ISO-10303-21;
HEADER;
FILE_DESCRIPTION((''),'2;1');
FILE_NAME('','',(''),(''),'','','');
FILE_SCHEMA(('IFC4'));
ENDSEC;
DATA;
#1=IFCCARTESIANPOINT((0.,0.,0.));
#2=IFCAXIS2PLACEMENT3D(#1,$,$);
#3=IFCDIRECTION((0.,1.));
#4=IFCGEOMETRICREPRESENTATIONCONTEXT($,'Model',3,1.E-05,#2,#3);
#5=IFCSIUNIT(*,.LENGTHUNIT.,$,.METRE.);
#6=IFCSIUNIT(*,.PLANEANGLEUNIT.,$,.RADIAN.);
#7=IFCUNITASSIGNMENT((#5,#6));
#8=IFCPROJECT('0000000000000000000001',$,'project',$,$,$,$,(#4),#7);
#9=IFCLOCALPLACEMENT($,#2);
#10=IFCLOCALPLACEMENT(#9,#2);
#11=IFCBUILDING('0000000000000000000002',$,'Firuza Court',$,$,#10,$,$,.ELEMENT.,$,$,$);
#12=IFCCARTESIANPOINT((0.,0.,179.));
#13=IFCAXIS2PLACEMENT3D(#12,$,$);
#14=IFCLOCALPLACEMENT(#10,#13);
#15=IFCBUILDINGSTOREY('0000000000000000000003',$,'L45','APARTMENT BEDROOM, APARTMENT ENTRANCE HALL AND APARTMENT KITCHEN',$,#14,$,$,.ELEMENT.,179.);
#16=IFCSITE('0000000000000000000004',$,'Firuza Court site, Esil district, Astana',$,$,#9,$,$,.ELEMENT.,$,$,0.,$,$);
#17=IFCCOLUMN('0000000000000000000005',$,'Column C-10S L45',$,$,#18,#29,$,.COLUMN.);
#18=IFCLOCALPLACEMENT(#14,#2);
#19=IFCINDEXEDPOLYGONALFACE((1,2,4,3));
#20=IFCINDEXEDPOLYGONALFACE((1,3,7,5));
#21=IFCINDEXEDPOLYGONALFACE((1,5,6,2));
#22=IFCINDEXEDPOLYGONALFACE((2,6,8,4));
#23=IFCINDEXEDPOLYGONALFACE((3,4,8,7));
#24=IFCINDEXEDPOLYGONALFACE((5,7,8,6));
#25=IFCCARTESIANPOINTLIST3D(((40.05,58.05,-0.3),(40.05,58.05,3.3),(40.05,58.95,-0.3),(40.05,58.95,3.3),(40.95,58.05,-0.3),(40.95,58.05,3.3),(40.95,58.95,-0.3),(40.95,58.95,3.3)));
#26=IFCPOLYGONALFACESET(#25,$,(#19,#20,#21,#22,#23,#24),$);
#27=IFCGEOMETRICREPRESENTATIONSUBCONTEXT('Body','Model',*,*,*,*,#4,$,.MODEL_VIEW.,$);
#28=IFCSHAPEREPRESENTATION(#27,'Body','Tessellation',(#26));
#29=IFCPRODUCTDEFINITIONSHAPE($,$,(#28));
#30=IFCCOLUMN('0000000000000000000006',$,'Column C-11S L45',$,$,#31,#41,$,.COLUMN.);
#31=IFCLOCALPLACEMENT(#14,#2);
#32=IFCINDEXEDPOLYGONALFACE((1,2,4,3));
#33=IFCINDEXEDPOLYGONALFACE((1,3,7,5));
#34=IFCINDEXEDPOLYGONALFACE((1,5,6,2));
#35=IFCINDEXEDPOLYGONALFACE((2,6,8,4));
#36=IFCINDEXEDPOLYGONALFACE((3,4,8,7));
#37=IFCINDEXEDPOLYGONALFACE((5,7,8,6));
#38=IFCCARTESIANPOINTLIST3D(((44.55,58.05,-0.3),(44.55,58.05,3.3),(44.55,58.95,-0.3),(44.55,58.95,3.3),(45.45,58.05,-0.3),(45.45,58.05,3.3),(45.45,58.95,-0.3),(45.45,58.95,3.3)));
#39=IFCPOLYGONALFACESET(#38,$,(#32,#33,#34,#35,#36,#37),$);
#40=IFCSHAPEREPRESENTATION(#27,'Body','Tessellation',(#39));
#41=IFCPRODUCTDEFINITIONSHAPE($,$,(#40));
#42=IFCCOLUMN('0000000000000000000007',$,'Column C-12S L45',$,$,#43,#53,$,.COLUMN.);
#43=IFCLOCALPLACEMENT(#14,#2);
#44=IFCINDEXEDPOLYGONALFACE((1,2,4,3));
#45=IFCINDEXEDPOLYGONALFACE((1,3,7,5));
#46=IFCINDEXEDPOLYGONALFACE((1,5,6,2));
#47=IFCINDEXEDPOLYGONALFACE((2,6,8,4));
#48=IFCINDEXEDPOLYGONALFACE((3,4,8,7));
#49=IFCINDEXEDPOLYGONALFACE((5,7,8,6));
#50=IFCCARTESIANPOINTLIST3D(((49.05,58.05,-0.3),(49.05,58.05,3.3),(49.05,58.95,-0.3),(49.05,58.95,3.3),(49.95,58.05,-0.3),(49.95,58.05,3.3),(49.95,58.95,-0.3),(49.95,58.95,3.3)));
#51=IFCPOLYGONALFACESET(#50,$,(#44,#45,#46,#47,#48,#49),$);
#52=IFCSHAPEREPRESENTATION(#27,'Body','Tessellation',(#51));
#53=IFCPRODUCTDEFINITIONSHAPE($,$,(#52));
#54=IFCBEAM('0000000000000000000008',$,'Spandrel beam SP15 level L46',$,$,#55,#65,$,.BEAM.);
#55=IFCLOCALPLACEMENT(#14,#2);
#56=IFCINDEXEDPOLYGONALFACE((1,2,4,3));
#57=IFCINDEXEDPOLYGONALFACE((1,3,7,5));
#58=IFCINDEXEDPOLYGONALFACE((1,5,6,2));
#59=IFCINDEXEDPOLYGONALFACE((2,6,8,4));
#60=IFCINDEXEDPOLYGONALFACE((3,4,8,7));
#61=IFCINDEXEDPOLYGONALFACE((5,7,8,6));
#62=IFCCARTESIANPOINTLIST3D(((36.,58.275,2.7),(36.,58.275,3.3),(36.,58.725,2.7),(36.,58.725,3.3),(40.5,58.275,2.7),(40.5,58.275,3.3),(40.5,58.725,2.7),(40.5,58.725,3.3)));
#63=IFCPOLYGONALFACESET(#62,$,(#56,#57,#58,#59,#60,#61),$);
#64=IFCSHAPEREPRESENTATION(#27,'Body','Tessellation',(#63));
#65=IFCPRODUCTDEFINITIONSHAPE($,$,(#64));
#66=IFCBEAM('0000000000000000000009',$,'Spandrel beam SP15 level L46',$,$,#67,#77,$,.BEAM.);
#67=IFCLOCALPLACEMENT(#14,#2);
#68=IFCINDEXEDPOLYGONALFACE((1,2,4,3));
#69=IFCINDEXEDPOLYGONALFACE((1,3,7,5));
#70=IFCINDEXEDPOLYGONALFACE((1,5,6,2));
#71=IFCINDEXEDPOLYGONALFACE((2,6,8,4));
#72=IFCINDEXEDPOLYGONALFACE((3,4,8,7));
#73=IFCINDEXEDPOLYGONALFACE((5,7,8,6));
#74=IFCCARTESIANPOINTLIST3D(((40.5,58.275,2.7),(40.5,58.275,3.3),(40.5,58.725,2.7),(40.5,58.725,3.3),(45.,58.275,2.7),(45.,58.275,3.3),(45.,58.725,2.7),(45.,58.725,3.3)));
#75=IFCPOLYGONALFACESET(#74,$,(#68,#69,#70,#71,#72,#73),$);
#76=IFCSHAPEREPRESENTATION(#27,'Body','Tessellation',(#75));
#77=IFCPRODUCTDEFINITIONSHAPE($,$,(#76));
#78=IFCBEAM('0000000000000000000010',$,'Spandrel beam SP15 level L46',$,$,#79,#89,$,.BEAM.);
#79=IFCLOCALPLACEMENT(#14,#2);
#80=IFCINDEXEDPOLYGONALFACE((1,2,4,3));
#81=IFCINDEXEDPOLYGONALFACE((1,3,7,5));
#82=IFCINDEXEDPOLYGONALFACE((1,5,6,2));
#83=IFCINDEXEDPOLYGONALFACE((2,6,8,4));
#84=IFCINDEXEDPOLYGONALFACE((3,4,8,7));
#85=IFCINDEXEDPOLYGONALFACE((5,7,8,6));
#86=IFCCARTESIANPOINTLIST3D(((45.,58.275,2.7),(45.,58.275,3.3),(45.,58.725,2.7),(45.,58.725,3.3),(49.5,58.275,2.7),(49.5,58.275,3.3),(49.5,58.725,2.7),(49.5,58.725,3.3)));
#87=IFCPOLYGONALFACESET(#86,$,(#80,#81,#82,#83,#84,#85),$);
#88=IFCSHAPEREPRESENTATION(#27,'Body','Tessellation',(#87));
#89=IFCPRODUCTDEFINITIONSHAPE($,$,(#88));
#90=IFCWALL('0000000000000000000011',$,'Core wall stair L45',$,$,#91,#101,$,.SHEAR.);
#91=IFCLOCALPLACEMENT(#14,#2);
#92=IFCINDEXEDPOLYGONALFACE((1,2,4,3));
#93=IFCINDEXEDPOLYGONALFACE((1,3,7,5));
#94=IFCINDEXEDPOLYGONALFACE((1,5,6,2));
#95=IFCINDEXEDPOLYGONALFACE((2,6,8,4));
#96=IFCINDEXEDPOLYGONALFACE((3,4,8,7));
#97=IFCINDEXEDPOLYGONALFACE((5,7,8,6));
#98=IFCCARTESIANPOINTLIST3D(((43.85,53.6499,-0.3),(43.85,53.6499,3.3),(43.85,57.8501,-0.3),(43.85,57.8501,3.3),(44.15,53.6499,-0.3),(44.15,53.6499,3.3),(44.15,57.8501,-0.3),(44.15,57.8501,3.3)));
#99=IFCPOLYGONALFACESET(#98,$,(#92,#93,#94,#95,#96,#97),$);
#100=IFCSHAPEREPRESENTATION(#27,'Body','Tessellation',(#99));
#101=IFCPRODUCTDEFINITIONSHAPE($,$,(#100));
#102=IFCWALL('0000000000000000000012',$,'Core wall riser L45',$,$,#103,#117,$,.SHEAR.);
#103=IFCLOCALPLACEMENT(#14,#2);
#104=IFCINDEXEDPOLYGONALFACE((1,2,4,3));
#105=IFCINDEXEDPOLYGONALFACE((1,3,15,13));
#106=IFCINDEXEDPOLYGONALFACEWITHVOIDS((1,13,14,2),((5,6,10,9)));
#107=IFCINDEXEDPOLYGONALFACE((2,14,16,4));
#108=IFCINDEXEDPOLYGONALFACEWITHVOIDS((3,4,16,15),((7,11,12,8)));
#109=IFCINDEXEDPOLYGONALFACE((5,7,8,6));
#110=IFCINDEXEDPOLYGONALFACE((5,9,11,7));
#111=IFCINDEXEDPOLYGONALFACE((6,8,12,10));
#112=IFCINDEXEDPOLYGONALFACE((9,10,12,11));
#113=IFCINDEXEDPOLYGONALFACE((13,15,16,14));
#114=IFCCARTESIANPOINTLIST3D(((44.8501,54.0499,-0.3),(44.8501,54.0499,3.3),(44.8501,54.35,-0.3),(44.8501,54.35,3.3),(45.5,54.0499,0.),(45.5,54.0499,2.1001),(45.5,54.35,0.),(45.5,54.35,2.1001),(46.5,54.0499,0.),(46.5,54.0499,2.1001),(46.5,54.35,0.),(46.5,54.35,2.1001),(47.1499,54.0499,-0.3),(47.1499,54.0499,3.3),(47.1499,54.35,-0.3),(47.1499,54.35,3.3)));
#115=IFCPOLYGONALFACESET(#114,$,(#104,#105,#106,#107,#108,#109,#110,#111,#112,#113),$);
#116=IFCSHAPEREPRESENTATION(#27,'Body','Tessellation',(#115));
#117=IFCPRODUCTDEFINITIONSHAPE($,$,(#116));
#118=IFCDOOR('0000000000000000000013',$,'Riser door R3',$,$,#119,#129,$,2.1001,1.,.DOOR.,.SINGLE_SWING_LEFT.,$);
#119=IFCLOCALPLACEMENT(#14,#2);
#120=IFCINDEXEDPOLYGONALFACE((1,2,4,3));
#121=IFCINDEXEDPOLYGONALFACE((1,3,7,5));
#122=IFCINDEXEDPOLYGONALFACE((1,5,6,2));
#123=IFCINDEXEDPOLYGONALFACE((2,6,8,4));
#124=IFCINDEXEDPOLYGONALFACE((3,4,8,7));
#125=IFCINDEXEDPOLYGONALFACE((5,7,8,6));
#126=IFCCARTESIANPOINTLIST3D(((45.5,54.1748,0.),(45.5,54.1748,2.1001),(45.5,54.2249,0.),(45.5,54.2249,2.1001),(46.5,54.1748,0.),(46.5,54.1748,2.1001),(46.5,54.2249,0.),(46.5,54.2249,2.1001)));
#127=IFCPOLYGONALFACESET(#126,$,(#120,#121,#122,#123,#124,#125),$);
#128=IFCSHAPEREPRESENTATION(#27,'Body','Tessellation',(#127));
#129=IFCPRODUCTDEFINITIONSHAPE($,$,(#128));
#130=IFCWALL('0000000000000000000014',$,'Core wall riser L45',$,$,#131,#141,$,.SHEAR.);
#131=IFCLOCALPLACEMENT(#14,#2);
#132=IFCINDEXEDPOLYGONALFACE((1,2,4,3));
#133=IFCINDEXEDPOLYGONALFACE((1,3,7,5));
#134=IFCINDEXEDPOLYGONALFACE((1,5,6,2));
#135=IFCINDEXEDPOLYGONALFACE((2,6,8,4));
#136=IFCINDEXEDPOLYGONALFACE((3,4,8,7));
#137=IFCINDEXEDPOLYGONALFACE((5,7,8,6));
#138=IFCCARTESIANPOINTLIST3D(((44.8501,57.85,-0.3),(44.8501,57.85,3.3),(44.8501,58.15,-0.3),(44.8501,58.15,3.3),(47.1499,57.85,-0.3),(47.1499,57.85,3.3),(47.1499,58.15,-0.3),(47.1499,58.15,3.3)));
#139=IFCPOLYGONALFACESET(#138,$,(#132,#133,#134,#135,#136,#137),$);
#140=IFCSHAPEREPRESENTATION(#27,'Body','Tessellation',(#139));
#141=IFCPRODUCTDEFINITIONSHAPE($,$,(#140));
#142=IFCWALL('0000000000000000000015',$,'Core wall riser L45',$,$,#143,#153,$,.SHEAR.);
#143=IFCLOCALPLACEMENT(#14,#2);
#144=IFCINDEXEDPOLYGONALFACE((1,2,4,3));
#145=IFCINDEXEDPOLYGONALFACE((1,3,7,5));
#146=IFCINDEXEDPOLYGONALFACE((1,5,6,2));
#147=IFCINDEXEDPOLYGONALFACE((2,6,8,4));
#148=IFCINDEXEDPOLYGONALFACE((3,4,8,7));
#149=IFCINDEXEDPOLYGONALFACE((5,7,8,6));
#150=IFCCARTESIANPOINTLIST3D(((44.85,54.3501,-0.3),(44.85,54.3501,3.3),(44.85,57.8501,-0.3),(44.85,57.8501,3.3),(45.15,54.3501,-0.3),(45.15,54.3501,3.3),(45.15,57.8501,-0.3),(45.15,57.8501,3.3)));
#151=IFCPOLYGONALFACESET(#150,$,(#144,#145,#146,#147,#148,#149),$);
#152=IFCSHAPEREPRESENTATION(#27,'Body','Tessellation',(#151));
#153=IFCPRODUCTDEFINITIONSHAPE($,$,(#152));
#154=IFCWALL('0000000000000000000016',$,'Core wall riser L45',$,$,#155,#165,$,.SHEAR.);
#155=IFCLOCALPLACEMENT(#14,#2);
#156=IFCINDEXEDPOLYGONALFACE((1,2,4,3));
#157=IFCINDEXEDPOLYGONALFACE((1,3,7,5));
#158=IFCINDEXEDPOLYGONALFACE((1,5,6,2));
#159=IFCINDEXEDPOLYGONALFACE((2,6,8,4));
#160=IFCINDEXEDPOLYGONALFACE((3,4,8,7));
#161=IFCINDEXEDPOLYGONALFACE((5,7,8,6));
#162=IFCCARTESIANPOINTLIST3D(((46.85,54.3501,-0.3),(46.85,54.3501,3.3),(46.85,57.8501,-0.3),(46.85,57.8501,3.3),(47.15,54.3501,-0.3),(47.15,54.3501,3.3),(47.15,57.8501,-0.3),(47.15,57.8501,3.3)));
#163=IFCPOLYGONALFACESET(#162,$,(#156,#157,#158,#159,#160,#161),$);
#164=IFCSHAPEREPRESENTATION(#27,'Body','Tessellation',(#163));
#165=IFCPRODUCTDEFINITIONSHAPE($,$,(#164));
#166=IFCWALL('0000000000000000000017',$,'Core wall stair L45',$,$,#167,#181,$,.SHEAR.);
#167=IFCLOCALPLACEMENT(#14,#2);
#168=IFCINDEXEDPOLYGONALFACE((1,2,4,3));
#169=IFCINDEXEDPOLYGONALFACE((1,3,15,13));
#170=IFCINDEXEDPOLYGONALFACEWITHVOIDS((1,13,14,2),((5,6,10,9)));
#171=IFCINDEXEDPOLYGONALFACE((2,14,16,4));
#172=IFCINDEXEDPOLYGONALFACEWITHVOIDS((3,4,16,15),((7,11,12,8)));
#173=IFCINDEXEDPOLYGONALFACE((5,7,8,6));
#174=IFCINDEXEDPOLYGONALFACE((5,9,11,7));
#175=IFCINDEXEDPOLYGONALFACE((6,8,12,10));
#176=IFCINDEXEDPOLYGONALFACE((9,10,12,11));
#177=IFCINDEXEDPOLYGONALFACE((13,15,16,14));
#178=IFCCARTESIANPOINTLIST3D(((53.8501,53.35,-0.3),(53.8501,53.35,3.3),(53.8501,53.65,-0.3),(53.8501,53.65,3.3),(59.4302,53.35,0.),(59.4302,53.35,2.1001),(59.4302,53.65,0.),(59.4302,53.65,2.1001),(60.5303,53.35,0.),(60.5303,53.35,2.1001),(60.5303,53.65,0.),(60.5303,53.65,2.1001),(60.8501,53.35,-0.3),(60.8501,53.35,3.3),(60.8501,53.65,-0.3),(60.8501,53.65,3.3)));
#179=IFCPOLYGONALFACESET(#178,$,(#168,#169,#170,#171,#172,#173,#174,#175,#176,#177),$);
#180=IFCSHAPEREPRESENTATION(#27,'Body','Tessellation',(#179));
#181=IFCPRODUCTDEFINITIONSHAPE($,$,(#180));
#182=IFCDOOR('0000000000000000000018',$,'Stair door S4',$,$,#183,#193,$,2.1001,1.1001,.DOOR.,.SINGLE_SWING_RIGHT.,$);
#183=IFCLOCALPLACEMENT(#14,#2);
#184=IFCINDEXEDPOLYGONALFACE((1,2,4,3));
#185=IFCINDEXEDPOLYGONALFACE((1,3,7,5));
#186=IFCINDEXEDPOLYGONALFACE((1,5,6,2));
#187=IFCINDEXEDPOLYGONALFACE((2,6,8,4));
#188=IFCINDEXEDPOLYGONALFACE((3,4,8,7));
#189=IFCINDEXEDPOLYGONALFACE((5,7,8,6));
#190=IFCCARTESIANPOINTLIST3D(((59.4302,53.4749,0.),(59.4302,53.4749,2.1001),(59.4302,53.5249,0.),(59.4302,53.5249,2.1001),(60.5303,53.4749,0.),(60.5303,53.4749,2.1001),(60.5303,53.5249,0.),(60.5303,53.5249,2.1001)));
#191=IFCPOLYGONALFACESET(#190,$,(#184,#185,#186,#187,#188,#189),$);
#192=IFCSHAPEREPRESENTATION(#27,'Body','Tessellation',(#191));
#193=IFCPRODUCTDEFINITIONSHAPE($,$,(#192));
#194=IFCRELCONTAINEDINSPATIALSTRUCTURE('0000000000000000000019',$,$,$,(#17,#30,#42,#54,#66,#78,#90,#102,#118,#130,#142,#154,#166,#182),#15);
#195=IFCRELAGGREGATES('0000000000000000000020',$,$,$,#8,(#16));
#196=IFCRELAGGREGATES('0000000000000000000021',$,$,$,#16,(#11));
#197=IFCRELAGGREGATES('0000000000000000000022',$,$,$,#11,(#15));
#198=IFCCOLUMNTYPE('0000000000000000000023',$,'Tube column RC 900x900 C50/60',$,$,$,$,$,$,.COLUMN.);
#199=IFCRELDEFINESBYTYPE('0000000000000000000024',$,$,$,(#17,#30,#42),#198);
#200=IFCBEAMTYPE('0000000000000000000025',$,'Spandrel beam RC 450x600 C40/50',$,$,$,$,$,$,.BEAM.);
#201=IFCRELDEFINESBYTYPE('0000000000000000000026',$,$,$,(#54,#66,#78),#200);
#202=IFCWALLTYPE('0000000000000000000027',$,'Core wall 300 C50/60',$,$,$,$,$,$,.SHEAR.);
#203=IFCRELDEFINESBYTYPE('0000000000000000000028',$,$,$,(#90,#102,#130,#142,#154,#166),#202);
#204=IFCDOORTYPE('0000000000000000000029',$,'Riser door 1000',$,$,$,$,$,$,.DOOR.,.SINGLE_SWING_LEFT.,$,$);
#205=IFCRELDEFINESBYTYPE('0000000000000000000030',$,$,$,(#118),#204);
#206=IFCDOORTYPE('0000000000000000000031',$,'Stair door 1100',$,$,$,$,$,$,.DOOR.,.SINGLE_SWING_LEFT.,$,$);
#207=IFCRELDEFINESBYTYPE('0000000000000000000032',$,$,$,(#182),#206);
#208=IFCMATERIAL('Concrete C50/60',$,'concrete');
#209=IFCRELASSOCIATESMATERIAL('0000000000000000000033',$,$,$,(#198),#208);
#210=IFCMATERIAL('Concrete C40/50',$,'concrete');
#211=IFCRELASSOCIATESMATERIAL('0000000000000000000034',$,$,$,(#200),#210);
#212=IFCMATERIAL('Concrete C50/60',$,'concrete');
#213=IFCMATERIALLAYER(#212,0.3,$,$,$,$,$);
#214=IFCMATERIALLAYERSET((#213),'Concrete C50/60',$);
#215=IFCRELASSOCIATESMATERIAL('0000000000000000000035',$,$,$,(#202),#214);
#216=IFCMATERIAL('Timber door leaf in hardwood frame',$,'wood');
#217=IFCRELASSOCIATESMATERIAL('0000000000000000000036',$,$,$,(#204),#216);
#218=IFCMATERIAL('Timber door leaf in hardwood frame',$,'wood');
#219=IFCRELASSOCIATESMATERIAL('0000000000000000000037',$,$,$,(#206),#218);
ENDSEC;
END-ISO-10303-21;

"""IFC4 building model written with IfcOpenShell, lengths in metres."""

from ifc_helpers import new_model, si_unit, direction, frame, frame_2d, origin, origin_2d, place, context, subcontext, project, spatial, rectangle, extrude, material, layer, layer_set, material_profile, profile_set, type_object, element, fill, save


model = new_model("IFC4")

# Units and contexts
model_context = context("Model", 3, precision=1e-05, world=origin(), true_north=direction((0.0, 1.0)))
body_context = subcontext(model_context, "Body", "Model", "MODEL_VIEW")
ifc_project = project(units=[si_unit("LENGTHUNIT", "METRE"), si_unit("PLANEANGLEUNIT", "RADIAN")], contexts=[model_context])

# Site, building, storey
site_placement = place(None, origin())
site = spatial("IfcSite", under=ifc_project, at=site_placement, Name="Firuza Court site, Esil district, Astana", CompositionType="ELEMENT", RefElevation=0.0)
building_placement = place(site_placement, origin())
building = spatial("IfcBuilding", under=site, at=building_placement, Name="Firuza Court", CompositionType="ELEMENT")
storey_placement = place(building_placement, frame((0.0, 0.0, 179.0)))
storey = spatial("IfcBuildingStorey", under=building, at=storey_placement, Name="L45", Description="APARTMENT BEDROOM, APARTMENT ENTRANCE HALL AND APARTMENT KITCHEN", CompositionType="ELEMENT", Elevation=179.0)

# Columns
ifc_material_1 = material(Name="Concrete C50/60", Category="concrete")
ifc_material_profile_1 = material_profile(ifc_material_1, rectangle(XDim=0.8999, YDim=0.8999, at=origin_2d()), Name="RC 900x900")
ifc_profile_set_1 = profile_set([ifc_material_profile_1], Name="Concrete C50/60")
column_type = type_object("IfcColumnType", Name="Tube column RC 900x900 C50/60", PredefinedType="COLUMN", material=ifc_profile_set_1)
for number, where, z_axis, x_axis, name in (
    (1, (40.5, 58.5, -0.3), (0.0, 0.0, 1.0), (1.0, 0.0, 0.0), "Column C-10S L45"),
    (2, (45.0, 58.5, -0.3), (0.0, 0.0, 1.0), (1.0, 0.0, 0.0), "Column C-11S L45"),
    (3, (49.5, 58.5, -0.3), (0.0, 0.0, 1.0), (1.0, 0.0, 0.0), "Column C-12S L45"),
):
    element("IfcColumn", number, at=place(storey_placement, frame(where, z_axis=z_axis, x_axis=x_axis)), inside=storey, type_object=column_type, Name=name, PredefinedType="COLUMN", context=body_context, shape_type="SweptSolid", body=[
        extrude(rectangle(XDim=0.8999, YDim=0.8999, at=origin_2d()), origin(), (0.0, 0.0, 1.0), 3.6001),
    ])

# Beams
ifc_material_2 = material(Name="Concrete C40/50", Category="concrete")
ifc_material_profile_2 = material_profile(ifc_material_2, rectangle(XDim=0.45, YDim=0.6001, at=origin_2d()), Name="RC 450x600")
ifc_profile_set_2 = profile_set([ifc_material_profile_2], Name="Concrete C40/50")
beam_type = type_object("IfcBeamType", Name="Spandrel beam RC 450x600 C40/50", PredefinedType="BEAM", material=ifc_profile_set_2)
for number, where, z_axis, x_axis, name in (
    (4, (40.5, 58.5, 3.0), (-1.0, 0.0, 0.0), (0.0, -1.0, 0.0), "Spandrel beam SP15 level L46"),
    (5, (45.0, 58.5, 3.0), (-1.0, 0.0, 0.0), (0.0, -1.0, 0.0), "Spandrel beam SP15 level L46"),
    (6, (49.5, 58.5, 3.0), (-1.0, 0.0, 0.0), (0.0, -1.0, 0.0), "Spandrel beam SP15 level L46"),
):
    element("IfcBeam", number, at=place(storey_placement, frame(where, z_axis=z_axis, x_axis=x_axis)), inside=storey, type_object=beam_type, Name=name, PredefinedType="BEAM", context=body_context, shape_type="SweptSolid", body=[
        extrude(rectangle(XDim=0.45, YDim=0.6001, at=origin_2d()), origin(), (0.0, 0.0, 1.0), 4.5),
    ])

# Wall
ifc_material_3 = material(Name="Concrete C50/60", Category="concrete")
ifc_layer_1 = layer(ifc_material_3, 0.3)
ifc_layer_set_1 = layer_set([ifc_layer_1], Name="Concrete C50/60")
wall_type_1 = type_object("IfcWallType", Name="Core wall 300 C50/60", PredefinedType="SHEAR", material=ifc_layer_set_1)
wall_1_placement = place(storey_placement, frame((44.0, 53.6499, -0.3), z_axis=(0.0, 0.0, 1.0), x_axis=(0.0, 1.0, 0.0)))
element("IfcWall", 7, at=wall_1_placement, inside=storey, type_object=wall_type_1, Name="Core wall stair L45", PredefinedType="SHEAR", context=body_context, shape_type="SweptSolid", body=[
    extrude(rectangle(XDim=4.2002, YDim=0.3, at=frame_2d((2.1001, 0.0))), origin(), (0.0, 0.0, 1.0), 3.6001),
])

# Wall, opening, door
wall_2_placement = place(storey_placement, frame((44.8501, 54.2, -0.3), z_axis=(0.0, 0.0, 1.0), x_axis=(1.0, 0.0, 0.0)))
wall_2 = element("IfcWall", 8, at=wall_2_placement, inside=storey, type_object=wall_type_1, Name="Core wall riser L45", PredefinedType="SHEAR", context=body_context, shape_type="SweptSolid", body=[
    extrude(rectangle(XDim=2.2998, YDim=0.3, at=frame_2d((1.1499, 0.0))), origin(), (0.0, 0.0, 1.0), 3.6001),
])
opening_1_placement = place(wall_2_placement, frame((0.6499, 0.0, 0.3)))
opening_1 = element("IfcOpeningElement", 9, at=opening_1_placement, cuts=wall_2, PredefinedType="OPENING", context=body_context, shape_type="SweptSolid", body=[
    extrude(rectangle(XDim=1.0, YDim=2.1001, at=frame_2d((0.5, 1.05))), frame((0.0, 0.1621, 0.0), z_axis=(0.0, -1.0, 0.0), x_axis=(1.0, 0.0, 0.0)), (0.0, 0.0, 1.0), 0.324),
])
ifc_material_4 = material(Name="Timber door leaf in hardwood frame", Category="wood")
door_type_1 = type_object("IfcDoorType", Name="Riser door 1000", OperationType="SINGLE_SWING_LEFT", PredefinedType="DOOR", material=ifc_material_4)
door_1_placement = place(opening_1_placement, origin())
door_1 = element("IfcDoor", 10, at=door_1_placement, inside=storey, type_object=door_type_1, Name="Riser door R3", OperationType="SINGLE_SWING_LEFT", OverallHeight=2.1001, OverallWidth=1.0, PredefinedType="DOOR", context=body_context, shape_type="SweptSolid", body=[
    extrude(rectangle(XDim=1.0, YDim=2.1001, at=frame_2d((0.5, 1.05))), frame((0.0, 0.0249, 0.0), z_axis=(0.0, -1.0, 0.0), x_axis=(1.0, 0.0, 0.0)), (0.0, 0.0, 1.0), 0.05),
])
fill(opening_1, door_1)

# Walls
wall_3_placement = place(storey_placement, frame((44.8501, 58.0, -0.3), z_axis=(0.0, 0.0, 1.0), x_axis=(1.0, 0.0, 0.0)))
element("IfcWall", 11, at=wall_3_placement, inside=storey, type_object=wall_type_1, Name="Core wall riser L45", PredefinedType="SHEAR", context=body_context, shape_type="SweptSolid", body=[
    extrude(rectangle(XDim=2.2998, YDim=0.3, at=frame_2d((1.1499, 0.0))), origin(), (0.0, 0.0, 1.0), 3.6001),
])
for number, where, z_axis, x_axis, name in (
    (12, (45.0, 54.3501, -0.3), (0.0, 0.0, 1.0), (0.0, 1.0, 0.0), "Core wall riser L45"),
    (13, (47.0, 54.3501, -0.3), (0.0, 0.0, 1.0), (0.0, 1.0, 0.0), "Core wall riser L45"),
):
    element("IfcWall", number, at=place(storey_placement, frame(where, z_axis=z_axis, x_axis=x_axis)), inside=storey, type_object=wall_type_1, Name=name, PredefinedType="SHEAR", context=body_context, shape_type="SweptSolid", body=[
        extrude(rectangle(XDim=3.5, YDim=0.3, at=frame_2d((1.75, 0.0))), origin(), (0.0, 0.0, 1.0), 3.6001),
    ])

# Wall, opening, door
wall_4_placement = place(storey_placement, frame((53.8501, 53.5, -0.3), z_axis=(0.0, 0.0, 1.0), x_axis=(1.0, 0.0, 0.0)))
wall_4 = element("IfcWall", 14, at=wall_4_placement, inside=storey, type_object=wall_type_1, Name="Core wall stair L45", PredefinedType="SHEAR", context=body_context, shape_type="SweptSolid", body=[
    extrude(rectangle(XDim=7.0, YDim=0.3, at=frame_2d((3.5, 0.0))), origin(), (0.0, 0.0, 1.0), 3.6001),
])
opening_2_placement = place(wall_4_placement, frame((5.5801, 0.0, 0.3)))
opening_2 = element("IfcOpeningElement", 15, at=opening_2_placement, cuts=wall_4, PredefinedType="OPENING", context=body_context, shape_type="SweptSolid", body=[
    extrude(rectangle(XDim=1.1001, YDim=2.1001, at=frame_2d((0.55, 1.05))), frame((0.0, 0.1621, 0.0), z_axis=(0.0, -1.0, 0.0), x_axis=(1.0, 0.0, 0.0)), (0.0, 0.0, 1.0), 0.324),
])
ifc_material_5 = material(Name="Timber door leaf in hardwood frame", Category="wood")
door_type_2 = type_object("IfcDoorType", Name="Stair door 1100", OperationType="SINGLE_SWING_LEFT", PredefinedType="DOOR", material=ifc_material_5)
door_2_placement = place(opening_2_placement, origin())
door_2 = element("IfcDoor", 16, at=door_2_placement, inside=storey, type_object=door_type_2, Name="Stair door S4", OperationType="SINGLE_SWING_RIGHT", OverallHeight=2.1001, OverallWidth=1.1001, PredefinedType="DOOR", context=body_context, shape_type="SweptSolid", body=[
    extrude(rectangle(XDim=1.1001, YDim=2.1001, at=frame_2d((0.55, 1.05))), frame((0.0, 0.0249, 0.0), z_axis=(0.0, -1.0, 0.0), x_axis=(1.0, 0.0, 0.0)), (0.0, 0.0, 1.0), 0.05),
])
fill(opening_2, door_2)

save(model, "model.ifc")
